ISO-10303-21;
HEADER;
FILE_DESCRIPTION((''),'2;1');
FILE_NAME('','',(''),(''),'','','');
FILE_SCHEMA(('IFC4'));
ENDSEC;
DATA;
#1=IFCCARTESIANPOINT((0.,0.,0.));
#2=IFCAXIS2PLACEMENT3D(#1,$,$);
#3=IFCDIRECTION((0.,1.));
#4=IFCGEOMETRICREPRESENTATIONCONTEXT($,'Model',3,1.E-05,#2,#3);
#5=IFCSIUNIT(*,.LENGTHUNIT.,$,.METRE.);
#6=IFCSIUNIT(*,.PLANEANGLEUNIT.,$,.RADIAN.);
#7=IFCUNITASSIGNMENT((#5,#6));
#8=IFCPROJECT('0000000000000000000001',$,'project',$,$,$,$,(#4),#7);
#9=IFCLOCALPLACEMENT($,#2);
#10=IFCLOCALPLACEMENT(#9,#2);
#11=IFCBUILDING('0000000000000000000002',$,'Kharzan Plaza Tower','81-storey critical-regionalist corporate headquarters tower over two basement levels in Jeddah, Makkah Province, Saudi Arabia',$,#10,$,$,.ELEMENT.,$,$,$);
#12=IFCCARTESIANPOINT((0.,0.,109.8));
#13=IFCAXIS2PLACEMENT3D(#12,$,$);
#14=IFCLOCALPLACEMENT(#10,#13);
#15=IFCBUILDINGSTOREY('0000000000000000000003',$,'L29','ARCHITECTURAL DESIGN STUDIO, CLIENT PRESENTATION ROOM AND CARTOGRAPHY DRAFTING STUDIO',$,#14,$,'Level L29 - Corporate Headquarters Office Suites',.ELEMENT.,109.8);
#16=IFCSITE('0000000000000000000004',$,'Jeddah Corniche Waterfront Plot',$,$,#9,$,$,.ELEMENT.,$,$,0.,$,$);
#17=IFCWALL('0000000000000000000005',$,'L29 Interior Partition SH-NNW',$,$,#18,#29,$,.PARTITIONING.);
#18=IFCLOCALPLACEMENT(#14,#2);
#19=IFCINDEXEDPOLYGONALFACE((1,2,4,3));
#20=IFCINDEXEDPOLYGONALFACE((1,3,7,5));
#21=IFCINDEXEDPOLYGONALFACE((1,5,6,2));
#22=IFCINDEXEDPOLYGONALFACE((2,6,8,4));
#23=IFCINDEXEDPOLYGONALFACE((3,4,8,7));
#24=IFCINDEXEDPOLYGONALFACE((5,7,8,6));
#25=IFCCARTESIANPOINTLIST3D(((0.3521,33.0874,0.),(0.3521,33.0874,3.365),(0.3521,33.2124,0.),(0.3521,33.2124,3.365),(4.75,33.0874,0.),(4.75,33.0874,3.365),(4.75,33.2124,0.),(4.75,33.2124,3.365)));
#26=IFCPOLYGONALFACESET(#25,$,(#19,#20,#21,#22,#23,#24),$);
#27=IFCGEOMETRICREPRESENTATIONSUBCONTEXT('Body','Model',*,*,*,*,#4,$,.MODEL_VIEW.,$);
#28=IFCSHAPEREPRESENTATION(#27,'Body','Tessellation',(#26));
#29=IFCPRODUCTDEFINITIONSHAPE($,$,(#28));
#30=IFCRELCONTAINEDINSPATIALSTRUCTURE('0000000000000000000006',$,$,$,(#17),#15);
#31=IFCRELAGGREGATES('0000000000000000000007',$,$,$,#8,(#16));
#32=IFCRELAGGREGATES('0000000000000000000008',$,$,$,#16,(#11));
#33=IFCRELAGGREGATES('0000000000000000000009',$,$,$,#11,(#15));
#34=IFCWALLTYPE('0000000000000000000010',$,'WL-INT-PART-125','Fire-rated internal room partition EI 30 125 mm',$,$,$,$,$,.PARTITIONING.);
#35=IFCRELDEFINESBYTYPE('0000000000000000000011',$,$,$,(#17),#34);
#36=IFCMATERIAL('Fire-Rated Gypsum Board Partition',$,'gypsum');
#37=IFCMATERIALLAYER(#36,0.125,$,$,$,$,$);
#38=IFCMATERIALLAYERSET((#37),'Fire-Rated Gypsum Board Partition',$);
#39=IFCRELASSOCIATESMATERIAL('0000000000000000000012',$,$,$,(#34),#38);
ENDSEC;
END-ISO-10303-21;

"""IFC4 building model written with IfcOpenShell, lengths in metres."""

from ifc_helpers import new_model, si_unit, direction, frame, frame_2d, origin, place, context, subcontext, project, spatial, rectangle, extrude, source, transform, mapped, material, layer, layer_set, type_object, element, save


model = new_model("IFC4")

# Units and contexts
model_context = context("Model", 3, precision=1e-05, world=origin(), true_north=direction((0.0, 1.0)))
body_context = subcontext(model_context, "Body", "Model", "MODEL_VIEW")
ifc_project = project(units=[si_unit("LENGTHUNIT", "METRE"), si_unit("PLANEANGLEUNIT", "RADIAN")], contexts=[model_context])

# Site, building, storey
site_placement = place(None, origin())
site = spatial("IfcSite", under=ifc_project, at=site_placement, Name="Jeddah Corniche Waterfront Plot", CompositionType="ELEMENT", RefElevation=0.0)
building_placement = place(site_placement, origin())
building = spatial("IfcBuilding", under=site, at=building_placement, Name="Kharzan Plaza Tower", Description="81-storey critical-regionalist corporate headquarters tower over two basement levels in Jeddah, Makkah Province, Saudi Arabia", CompositionType="ELEMENT")
storey_placement = place(building_placement, frame((0.0, 0.0, 109.8)))
storey = spatial("IfcBuildingStorey", under=building, at=storey_placement, Name="L29", Description="ARCHITECTURAL DESIGN STUDIO, CLIENT PRESENTATION ROOM AND CARTOGRAPHY DRAFTING STUDIO", LongName="Level L29 - Corporate Headquarters Office Suites", CompositionType="ELEMENT", Elevation=109.8)

# Shared definitions
ifc_material_1 = material(Name="Fire-Rated Gypsum Board Partition", Category="gypsum")
ifc_layer_1 = layer(ifc_material_1, 0.125)
ifc_layer_set_1 = layer_set([ifc_layer_1], Name="Fire-Rated Gypsum Board Partition")
wall_type_1 = type_object("IfcWallType", Name="WL-INT-PART-125", Description="Fire-rated internal room partition EI 30 125 mm", PredefinedType="PARTITIONING", material=ifc_layer_set_1)

# Wall
shared_shape_1 = source(origin(), body_context, "Body", "SweptSolid", [
    extrude(rectangle(XDim=4.3979, YDim=0.125, at=frame_2d((2.199, 0.0))), origin(), (0.0, 0.0, 1.0), 3.365),
])
wall_1_placement = place(storey_placement, frame((0.3521, 33.1499, 0.0), z_axis=(0.0, 0.0, 1.0), x_axis=(1.0, 0.0, 0.0)))
element("IfcWall", 1, at=wall_1_placement, inside=storey, type_object=wall_type_1, Name="L29 Interior Partition SH-NNW", PredefinedType="PARTITIONING", context=body_context, shape_type="MappedRepresentation", body=[
    mapped(shared_shape_1, transform((0.0, 0.0, 0.0), x_axis=(1.0, 0.0, 0.0), y_axis=(0.0, 1.0, 0.0), z_axis=(0.0, 0.0, 1.0))),
])

save(model, "model.ifc")
